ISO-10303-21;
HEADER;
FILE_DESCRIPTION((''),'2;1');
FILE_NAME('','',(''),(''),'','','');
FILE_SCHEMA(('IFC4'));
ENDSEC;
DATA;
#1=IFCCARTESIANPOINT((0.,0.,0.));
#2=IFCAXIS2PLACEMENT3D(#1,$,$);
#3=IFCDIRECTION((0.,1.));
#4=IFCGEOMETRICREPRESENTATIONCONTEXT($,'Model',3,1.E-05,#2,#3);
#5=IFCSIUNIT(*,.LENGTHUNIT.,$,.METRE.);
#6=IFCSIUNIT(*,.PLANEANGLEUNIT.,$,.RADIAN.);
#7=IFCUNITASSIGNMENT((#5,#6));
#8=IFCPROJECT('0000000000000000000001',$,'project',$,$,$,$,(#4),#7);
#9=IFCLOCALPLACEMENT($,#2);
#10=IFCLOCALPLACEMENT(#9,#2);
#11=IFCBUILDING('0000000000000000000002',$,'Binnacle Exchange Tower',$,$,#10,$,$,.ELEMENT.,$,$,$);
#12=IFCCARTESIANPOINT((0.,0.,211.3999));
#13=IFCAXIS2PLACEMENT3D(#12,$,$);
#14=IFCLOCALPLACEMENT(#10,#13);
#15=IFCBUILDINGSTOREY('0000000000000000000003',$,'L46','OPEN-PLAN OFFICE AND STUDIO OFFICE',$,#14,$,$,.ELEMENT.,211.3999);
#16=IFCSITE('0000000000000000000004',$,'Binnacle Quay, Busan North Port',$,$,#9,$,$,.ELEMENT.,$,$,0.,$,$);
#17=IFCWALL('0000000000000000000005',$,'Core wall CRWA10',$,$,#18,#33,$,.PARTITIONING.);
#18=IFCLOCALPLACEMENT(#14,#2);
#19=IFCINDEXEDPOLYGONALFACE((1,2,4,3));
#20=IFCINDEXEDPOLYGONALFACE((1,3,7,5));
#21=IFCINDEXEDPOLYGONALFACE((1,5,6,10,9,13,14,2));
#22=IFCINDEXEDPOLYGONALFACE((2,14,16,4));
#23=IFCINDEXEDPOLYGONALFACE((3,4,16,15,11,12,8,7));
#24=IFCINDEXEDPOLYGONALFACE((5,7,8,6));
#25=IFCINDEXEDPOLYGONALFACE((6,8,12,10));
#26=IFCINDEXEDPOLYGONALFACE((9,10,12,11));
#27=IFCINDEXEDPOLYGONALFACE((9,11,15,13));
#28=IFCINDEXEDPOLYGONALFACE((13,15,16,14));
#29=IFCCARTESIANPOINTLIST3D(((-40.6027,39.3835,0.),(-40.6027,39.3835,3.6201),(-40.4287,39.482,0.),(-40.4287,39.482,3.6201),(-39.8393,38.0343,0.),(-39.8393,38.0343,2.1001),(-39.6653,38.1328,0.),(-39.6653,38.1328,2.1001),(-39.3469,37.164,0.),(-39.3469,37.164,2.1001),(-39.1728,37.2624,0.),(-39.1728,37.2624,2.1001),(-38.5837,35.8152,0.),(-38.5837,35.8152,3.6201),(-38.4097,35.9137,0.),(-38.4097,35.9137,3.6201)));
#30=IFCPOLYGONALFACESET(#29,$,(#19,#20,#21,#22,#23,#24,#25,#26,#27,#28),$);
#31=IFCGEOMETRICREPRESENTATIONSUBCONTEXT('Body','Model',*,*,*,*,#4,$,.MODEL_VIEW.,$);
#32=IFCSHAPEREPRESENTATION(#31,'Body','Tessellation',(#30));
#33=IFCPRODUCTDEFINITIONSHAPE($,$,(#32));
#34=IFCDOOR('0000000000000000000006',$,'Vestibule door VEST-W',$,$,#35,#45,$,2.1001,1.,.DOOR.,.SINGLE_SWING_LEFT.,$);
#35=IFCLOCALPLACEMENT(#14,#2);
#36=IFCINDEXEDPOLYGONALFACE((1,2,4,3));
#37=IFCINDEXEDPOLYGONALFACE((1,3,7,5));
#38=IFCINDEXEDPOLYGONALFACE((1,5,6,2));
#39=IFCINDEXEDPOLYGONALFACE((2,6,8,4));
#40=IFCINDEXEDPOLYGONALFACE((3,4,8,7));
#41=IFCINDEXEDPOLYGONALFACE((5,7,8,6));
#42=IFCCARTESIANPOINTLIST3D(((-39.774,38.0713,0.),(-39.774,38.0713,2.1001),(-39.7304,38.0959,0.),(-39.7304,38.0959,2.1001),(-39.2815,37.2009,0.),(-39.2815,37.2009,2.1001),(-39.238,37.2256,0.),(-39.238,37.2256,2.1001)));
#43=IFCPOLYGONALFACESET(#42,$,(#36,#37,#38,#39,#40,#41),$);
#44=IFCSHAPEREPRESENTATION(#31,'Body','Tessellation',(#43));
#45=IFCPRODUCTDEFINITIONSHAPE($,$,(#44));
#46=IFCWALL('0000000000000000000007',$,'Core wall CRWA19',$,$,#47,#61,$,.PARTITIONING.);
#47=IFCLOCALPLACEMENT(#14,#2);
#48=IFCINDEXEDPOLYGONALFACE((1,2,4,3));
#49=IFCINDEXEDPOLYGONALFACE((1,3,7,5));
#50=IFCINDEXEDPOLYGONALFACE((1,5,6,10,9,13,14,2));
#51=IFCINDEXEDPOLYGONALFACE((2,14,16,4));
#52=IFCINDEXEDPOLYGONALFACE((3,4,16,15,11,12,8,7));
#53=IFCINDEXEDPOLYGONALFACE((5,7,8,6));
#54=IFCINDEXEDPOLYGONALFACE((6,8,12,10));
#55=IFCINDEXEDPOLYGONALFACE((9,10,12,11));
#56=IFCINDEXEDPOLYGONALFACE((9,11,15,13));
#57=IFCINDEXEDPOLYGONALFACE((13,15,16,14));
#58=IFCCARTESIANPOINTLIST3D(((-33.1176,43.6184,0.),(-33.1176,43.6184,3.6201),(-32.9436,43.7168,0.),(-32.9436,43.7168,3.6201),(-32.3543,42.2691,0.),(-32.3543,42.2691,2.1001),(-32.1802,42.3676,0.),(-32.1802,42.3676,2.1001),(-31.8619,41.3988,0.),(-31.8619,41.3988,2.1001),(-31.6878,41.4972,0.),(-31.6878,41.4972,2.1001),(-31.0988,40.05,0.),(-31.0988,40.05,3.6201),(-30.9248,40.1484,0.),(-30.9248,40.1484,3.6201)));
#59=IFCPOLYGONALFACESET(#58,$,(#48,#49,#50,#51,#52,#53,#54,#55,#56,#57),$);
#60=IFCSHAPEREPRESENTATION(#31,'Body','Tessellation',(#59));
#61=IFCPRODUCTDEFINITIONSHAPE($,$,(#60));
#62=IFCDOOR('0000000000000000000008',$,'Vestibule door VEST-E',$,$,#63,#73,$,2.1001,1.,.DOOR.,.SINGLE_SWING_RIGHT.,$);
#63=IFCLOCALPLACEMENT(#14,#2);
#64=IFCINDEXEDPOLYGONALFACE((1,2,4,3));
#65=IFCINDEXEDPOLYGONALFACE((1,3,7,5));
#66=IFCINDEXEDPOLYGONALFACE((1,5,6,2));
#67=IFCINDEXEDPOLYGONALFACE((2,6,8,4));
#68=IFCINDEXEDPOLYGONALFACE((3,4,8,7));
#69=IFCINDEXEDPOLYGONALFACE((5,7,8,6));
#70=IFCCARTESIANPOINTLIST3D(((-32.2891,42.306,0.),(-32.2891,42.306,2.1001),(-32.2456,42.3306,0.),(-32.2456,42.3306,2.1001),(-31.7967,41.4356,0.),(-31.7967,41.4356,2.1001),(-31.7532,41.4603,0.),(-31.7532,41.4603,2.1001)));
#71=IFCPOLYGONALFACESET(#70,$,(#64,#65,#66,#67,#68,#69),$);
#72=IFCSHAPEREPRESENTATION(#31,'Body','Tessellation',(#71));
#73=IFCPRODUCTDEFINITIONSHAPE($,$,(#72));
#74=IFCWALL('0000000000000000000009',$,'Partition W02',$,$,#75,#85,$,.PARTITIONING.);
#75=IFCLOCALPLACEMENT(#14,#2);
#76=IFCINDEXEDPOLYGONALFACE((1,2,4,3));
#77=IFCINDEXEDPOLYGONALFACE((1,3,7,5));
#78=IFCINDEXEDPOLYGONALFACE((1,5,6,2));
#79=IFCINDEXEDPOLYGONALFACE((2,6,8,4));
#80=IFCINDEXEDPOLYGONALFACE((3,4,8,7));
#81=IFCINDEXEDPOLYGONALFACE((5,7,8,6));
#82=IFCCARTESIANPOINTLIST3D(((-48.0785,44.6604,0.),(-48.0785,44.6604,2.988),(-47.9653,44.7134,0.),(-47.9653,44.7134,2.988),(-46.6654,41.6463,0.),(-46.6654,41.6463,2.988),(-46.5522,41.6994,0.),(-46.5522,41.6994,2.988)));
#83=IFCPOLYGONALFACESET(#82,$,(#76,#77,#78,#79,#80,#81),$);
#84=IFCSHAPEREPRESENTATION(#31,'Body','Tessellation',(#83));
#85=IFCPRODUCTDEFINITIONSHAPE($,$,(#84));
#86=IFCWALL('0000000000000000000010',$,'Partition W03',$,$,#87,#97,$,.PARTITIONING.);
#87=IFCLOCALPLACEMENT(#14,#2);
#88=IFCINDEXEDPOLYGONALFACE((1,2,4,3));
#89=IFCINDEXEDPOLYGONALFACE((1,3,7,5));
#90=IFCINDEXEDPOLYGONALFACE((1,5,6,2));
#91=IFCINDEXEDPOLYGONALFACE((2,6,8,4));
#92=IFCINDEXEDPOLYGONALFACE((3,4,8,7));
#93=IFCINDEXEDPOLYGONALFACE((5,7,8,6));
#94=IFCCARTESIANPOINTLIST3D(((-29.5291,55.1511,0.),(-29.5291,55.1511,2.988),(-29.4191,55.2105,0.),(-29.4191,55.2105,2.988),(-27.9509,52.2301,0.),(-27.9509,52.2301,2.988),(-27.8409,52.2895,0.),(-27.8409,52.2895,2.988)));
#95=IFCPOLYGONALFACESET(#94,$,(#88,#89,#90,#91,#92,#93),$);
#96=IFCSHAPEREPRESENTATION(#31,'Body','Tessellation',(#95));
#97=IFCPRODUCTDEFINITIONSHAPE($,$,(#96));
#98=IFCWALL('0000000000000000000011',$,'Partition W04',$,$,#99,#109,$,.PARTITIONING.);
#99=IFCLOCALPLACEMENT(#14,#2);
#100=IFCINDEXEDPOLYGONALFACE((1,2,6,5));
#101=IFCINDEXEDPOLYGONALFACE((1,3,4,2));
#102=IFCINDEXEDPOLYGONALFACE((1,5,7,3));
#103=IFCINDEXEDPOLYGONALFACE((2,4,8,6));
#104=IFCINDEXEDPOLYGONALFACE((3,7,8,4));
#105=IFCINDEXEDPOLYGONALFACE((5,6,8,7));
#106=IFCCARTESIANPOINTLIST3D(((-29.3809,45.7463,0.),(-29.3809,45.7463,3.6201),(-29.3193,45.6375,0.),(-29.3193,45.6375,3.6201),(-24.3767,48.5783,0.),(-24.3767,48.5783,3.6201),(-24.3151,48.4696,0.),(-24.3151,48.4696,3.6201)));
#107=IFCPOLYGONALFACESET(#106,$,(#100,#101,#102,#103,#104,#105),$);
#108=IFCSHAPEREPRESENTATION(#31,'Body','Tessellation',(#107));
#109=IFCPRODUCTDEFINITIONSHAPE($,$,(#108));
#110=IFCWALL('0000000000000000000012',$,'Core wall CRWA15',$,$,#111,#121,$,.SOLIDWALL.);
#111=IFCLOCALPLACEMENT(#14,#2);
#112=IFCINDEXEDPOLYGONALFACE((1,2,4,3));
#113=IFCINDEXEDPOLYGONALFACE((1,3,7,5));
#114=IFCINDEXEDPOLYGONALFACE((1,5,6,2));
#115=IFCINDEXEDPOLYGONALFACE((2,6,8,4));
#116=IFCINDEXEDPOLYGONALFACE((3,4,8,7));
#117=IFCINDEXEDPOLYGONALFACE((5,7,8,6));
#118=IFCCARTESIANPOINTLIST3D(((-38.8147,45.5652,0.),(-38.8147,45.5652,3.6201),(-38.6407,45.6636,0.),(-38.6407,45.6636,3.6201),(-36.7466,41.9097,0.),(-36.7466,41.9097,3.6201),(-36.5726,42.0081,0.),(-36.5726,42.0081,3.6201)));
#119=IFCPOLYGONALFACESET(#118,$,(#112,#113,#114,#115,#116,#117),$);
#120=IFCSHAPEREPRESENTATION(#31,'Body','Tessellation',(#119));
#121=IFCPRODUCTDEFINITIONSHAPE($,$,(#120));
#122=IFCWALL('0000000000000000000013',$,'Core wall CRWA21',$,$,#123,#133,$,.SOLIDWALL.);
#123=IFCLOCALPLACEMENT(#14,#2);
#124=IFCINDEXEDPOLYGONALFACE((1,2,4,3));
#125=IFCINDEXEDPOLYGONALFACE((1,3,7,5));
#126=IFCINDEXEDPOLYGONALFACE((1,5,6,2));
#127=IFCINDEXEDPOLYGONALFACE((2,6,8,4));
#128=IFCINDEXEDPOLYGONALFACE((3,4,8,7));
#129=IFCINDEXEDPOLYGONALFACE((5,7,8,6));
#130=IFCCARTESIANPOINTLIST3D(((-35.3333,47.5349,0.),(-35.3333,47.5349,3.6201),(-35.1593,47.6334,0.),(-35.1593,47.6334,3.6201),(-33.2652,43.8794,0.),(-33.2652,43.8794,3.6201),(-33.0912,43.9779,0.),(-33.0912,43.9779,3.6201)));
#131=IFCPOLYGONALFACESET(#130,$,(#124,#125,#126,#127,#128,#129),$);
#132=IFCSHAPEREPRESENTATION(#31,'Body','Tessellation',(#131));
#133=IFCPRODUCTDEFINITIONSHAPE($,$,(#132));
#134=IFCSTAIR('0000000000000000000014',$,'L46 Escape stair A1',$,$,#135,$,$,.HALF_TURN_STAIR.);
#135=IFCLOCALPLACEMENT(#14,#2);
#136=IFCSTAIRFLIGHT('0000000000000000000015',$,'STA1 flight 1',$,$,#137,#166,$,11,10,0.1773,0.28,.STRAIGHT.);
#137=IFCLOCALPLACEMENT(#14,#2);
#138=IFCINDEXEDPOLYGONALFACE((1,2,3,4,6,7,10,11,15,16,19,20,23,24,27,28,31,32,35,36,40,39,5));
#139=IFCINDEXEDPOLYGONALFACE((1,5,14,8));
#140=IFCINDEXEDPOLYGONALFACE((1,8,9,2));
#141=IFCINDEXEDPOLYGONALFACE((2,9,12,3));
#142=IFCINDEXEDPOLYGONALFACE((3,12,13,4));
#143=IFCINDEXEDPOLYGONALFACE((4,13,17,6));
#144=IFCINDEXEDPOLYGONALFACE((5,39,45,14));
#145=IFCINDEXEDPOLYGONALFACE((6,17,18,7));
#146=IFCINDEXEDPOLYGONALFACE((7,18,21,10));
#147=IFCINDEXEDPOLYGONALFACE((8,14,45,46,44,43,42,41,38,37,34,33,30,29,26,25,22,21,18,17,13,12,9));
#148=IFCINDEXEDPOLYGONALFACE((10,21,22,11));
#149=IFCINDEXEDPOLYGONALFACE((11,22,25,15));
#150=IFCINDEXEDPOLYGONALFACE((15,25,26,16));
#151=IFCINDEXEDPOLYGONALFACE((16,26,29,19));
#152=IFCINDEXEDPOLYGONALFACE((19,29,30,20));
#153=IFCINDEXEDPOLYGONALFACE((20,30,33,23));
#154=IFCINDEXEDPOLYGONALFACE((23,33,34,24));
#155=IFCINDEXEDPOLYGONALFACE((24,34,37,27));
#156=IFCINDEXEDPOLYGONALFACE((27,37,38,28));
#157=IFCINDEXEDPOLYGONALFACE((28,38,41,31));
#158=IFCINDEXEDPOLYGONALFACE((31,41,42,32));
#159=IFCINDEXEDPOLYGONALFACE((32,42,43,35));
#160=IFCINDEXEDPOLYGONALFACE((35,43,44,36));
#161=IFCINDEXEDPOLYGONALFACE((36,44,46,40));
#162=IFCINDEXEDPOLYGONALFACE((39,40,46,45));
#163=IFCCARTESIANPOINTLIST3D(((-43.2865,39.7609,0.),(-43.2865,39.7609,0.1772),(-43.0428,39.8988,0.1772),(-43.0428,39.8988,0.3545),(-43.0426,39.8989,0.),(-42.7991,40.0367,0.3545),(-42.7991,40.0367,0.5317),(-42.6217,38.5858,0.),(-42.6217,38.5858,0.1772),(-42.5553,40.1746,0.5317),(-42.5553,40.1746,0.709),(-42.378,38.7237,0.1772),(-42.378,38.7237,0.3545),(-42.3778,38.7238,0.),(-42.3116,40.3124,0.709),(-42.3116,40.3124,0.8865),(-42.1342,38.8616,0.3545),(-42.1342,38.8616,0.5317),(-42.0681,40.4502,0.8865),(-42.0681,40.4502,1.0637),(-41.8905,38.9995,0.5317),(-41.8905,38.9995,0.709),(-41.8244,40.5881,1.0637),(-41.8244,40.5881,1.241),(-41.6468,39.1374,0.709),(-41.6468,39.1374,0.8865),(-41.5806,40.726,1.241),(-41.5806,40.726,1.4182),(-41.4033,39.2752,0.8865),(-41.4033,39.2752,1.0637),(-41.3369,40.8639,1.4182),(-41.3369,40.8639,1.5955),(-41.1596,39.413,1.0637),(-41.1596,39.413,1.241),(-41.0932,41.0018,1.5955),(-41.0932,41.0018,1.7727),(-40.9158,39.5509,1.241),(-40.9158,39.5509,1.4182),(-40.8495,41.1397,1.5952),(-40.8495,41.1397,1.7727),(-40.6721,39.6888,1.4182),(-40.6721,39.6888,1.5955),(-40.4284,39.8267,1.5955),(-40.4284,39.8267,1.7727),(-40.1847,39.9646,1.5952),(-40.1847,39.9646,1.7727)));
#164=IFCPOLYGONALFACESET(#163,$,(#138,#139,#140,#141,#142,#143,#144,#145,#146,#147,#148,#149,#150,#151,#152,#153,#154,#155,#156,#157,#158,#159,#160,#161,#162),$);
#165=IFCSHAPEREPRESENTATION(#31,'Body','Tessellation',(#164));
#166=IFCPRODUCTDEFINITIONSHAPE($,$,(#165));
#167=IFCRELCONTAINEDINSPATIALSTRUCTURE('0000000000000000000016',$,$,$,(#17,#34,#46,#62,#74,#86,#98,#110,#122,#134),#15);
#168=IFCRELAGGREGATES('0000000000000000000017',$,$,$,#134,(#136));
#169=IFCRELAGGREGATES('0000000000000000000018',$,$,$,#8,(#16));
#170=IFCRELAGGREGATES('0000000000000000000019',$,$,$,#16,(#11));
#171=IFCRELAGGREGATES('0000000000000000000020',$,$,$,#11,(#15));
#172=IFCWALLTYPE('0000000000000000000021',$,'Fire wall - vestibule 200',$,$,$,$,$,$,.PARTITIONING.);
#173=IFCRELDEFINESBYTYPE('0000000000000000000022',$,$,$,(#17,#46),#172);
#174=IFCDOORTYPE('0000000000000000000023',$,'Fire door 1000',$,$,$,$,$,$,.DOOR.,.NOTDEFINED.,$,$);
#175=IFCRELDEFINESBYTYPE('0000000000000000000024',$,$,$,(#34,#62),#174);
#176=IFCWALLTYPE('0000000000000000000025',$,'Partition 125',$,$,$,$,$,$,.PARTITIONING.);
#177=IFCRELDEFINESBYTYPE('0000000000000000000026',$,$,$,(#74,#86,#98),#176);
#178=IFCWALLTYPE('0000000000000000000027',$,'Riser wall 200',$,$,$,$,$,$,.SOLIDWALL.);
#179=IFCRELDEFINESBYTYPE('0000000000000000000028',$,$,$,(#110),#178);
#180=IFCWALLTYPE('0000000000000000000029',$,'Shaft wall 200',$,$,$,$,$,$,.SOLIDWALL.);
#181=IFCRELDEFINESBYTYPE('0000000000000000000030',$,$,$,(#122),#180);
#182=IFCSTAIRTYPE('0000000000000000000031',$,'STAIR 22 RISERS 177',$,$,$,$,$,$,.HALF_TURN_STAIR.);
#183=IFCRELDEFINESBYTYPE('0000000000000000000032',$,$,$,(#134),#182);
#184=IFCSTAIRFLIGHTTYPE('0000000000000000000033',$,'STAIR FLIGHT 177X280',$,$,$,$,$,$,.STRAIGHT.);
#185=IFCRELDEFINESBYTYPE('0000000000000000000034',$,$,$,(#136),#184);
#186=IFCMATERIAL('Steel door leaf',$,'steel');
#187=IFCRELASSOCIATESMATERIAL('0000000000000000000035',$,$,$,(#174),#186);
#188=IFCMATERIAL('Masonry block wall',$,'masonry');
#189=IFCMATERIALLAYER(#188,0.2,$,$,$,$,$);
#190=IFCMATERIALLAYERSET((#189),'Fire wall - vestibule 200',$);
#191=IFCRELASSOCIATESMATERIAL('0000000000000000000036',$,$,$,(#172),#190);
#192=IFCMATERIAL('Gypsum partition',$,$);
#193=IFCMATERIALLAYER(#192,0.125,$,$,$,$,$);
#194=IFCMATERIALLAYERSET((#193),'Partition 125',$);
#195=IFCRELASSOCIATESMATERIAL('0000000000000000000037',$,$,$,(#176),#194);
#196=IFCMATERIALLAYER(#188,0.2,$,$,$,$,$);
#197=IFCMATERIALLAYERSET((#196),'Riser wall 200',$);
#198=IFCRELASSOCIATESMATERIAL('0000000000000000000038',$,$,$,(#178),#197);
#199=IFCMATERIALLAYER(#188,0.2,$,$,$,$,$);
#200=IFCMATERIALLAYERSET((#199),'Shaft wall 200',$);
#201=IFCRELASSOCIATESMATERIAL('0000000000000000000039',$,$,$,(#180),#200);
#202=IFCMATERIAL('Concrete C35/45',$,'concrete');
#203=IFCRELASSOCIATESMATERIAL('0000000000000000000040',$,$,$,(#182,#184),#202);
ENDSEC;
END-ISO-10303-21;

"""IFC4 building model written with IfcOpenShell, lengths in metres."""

from ifc_helpers import new_model, si_unit, direction, frame, frame_2d, origin, place, context, subcontext, project, spatial, polyline, rectangle, outline, extrude, material, layer, layer_set, type_object, element, fill, aggregate, save


model = new_model("IFC4")

# Units and contexts
model_context = context("Model", 3, precision=1e-05, world=origin(), true_north=direction((0.0, 1.0)))
body_context = subcontext(model_context, "Body", "Model", "MODEL_VIEW")
ifc_project = project(units=[si_unit("LENGTHUNIT", "METRE"), si_unit("PLANEANGLEUNIT", "RADIAN")], contexts=[model_context])

# Site, building, storey
site_placement = place(None, origin())
site = spatial("IfcSite", under=ifc_project, at=site_placement, Name="Binnacle Quay, Busan North Port", CompositionType="ELEMENT", RefElevation=0.0)
building_placement = place(site_placement, origin())
building = spatial("IfcBuilding", under=site, at=building_placement, Name="Binnacle Exchange Tower", CompositionType="ELEMENT")
storey_placement = place(building_placement, frame((0.0, 0.0, 211.3999)))
storey = spatial("IfcBuildingStorey", under=building, at=storey_placement, Name="L46", Description="OPEN-PLAN OFFICE AND STUDIO OFFICE", CompositionType="ELEMENT", Elevation=211.3999)

# Shared definitions
ifc_material_1 = material(Name="Steel door leaf", Category="steel")

# Shared definitions
door_type_1 = type_object("IfcDoorType", Name="Fire door 1000", OperationType="NOTDEFINED", PredefinedType="DOOR", material=ifc_material_1)

# Walls, openings, doors
ifc_material_2 = material(Name="Masonry block wall", Category="masonry")
ifc_layer_1 = layer(ifc_material_2, 0.2)
ifc_layer_set_1 = layer_set([ifc_layer_1], Name="Fire wall - vestibule 200")
wall_type_1 = type_object("IfcWallType", Name="Fire wall - vestibule 200", PredefinedType="PARTITIONING", material=ifc_layer_set_1)
wall_1_placement = place(storey_placement, frame((-40.5156, 39.4326, 0.0), z_axis=(0.0, 0.0, 1.0), x_axis=(0.492454, -0.870339, 0.0)))
wall_1 = element("IfcWall", 1, at=wall_1_placement, inside=storey, type_object=wall_type_1, Name="Core wall CRWA10", PredefinedType="PARTITIONING", context=body_context, shape_type="SweptSolid", body=[
    extrude(rectangle(XDim=4.0999, YDim=0.2, at=frame_2d((2.0498, 0.0))), origin(), (0.0, 0.0, 1.0), 3.6201),
])
opening_1_placement = place(wall_1_placement, frame((1.55, 0.0, 0.0)))
opening_1 = element("IfcOpeningElement", 2, at=opening_1_placement, cuts=wall_1, PredefinedType="OPENING", context=body_context, shape_type="SweptSolid", body=[
    extrude(rectangle(XDim=1.0, YDim=2.1001, at=frame_2d((0.5, 1.05))), frame((0.0, 0.1099, 0.0), z_axis=(0.0, -1.0, 0.0), x_axis=(1.0, 0.0, 0.0)), (0.0, 0.0, 1.0), 0.22),
])
door_1_placement = place(opening_1_placement, frame((1.0, 0.0, 0.0), z_axis=(0.0, 0.0, 1.0), x_axis=(-1.0, 0.0, 0.0)))
door_1 = element("IfcDoor", 3, at=door_1_placement, inside=storey, type_object=door_type_1, Name="Vestibule door VEST-W", OperationType="SINGLE_SWING_LEFT", OverallHeight=2.1001, OverallWidth=1.0, PredefinedType="DOOR", context=body_context, shape_type="SweptSolid", body=[
    extrude(rectangle(XDim=1.0, YDim=2.1001, at=frame_2d((0.5, 1.05))), frame((0.0, 0.0249, 0.0), z_axis=(0.0, -1.0, 0.0), x_axis=(1.0, 0.0, 0.0)), (0.0, 0.0, 1.0), 0.05),
])
fill(opening_1, door_1)
wall_2_placement = place(storey_placement, frame((-33.0305, 43.6675, 0.0), z_axis=(0.0, 0.0, 1.0), x_axis=(0.492408, -0.870364, 0.0)))
wall_2 = element("IfcWall", 4, at=wall_2_placement, inside=storey, type_object=wall_type_1, Name="Core wall CRWA19", PredefinedType="PARTITIONING", context=body_context, shape_type="SweptSolid", body=[
    extrude(rectangle(XDim=4.0999, YDim=0.2, at=frame_2d((2.0498, 0.0))), origin(), (0.0, 0.0, 1.0), 3.6201),
])
opening_2_placement = place(wall_2_placement, frame((1.55, 0.0, 0.0)))
opening_2 = element("IfcOpeningElement", 5, at=opening_2_placement, cuts=wall_2, PredefinedType="OPENING", context=body_context, shape_type="SweptSolid", body=[
    extrude(rectangle(XDim=1.0, YDim=2.1001, at=frame_2d((0.5, 1.05))), frame((0.0, 0.1099, 0.0), z_axis=(0.0, -1.0, 0.0), x_axis=(1.0, 0.0, 0.0)), (0.0, 0.0, 1.0), 0.22),
])
door_2_placement = place(opening_2_placement, origin())
door_2 = element("IfcDoor", 6, at=door_2_placement, inside=storey, type_object=door_type_1, Name="Vestibule door VEST-E", OperationType="SINGLE_SWING_RIGHT", OverallHeight=2.1001, OverallWidth=1.0, PredefinedType="DOOR", context=body_context, shape_type="SweptSolid", body=[
    extrude(rectangle(XDim=1.0, YDim=2.1001, at=frame_2d((0.5, 1.05))), frame((0.0, 0.0249, 0.0), z_axis=(0.0, -1.0, 0.0), x_axis=(1.0, 0.0, 0.0)), (0.0, 0.0, 1.0), 0.05),
])
fill(opening_2, door_2)

# Walls
ifc_material_3 = material(Name="Gypsum partition")
ifc_layer_2 = layer(ifc_material_3, 0.125)
ifc_layer_set_2 = layer_set([ifc_layer_2], Name="Partition 125")
wall_type_2 = type_object("IfcWallType", Name="Partition 125", PredefinedType="PARTITIONING", material=ifc_layer_set_2)
wall_3_placement = place(storey_placement, frame((-48.022, 44.687, 0.0), z_axis=(0.0, 0.0, 1.0), x_axis=(0.424511, -0.905423, 0.0)))
element("IfcWall", 7, at=wall_3_placement, inside=storey, type_object=wall_type_2, Name="Partition W02", PredefinedType="PARTITIONING", context=body_context, shape_type="SweptSolid", body=[
    extrude(rectangle(XDim=3.3289, YDim=0.125, at=frame_2d((1.6646, 0.0))), origin(), (0.0, 0.0, 1.0), 2.988),
])
wall_4_placement = place(storey_placement, frame((-29.4741, 55.1809, 0.0), z_axis=(0.0, 0.0, 1.0), x_axis=(0.475345, -0.8798, 0.0)))
element("IfcWall", 8, at=wall_4_placement, inside=storey, type_object=wall_type_2, Name="Partition W03", PredefinedType="PARTITIONING", context=body_context, shape_type="SweptSolid", body=[
    extrude(rectangle(XDim=3.3201, YDim=0.125, at=frame_2d((1.6602, 0.0))), origin(), (0.0, 0.0, 1.0), 2.988),
])
wall_5_placement = place(storey_placement, frame((-29.3501, 45.6919, 0.0), z_axis=(0.0, 0.0, 1.0), x_axis=(0.870295, 0.492531, 0.0)))
element("IfcWall", 9, at=wall_5_placement, inside=storey, type_object=wall_type_2, Name="Partition W04", PredefinedType="PARTITIONING", context=body_context, shape_type="SweptSolid", body=[
    extrude(rectangle(XDim=5.75, YDim=0.125, at=frame_2d((2.875, 0.0))), origin(), (0.0, 0.0, 1.0), 3.6201),
])
ifc_layer_3 = layer(ifc_material_2, 0.2)
ifc_layer_set_3 = layer_set([ifc_layer_3], Name="Riser wall 200")
wall_type_3 = type_object("IfcWallType", Name="Riser wall 200", PredefinedType="SOLIDWALL", material=ifc_layer_set_3)
wall_6_placement = place(storey_placement, frame((-38.7278, 45.6145, 0.0), z_axis=(0.0, 0.0, 1.0), x_axis=(0.49241, -0.870364, 0.0)))
element("IfcWall", 10, at=wall_6_placement, inside=storey, type_object=wall_type_3, Name="Core wall CRWA15", PredefinedType="SOLIDWALL", context=body_context, shape_type="SweptSolid", body=[
    extrude(rectangle(XDim=4.2, YDim=0.2, at=frame_2d((2.1001, 0.0))), origin(), (0.0, 0.0, 1.0), 3.6201),
])
ifc_layer_4 = layer(ifc_material_2, 0.2)
ifc_layer_set_4 = layer_set([ifc_layer_4], Name="Shaft wall 200")
wall_type_4 = type_object("IfcWallType", Name="Shaft wall 200", PredefinedType="SOLIDWALL", material=ifc_layer_set_4)
wall_7_placement = place(storey_placement, frame((-35.2463, 47.5842, 0.0), z_axis=(0.0, 0.0, 1.0), x_axis=(0.49241, -0.870364, 0.0)))
element("IfcWall", 11, at=wall_7_placement, inside=storey, type_object=wall_type_4, Name="Core wall CRWA21", PredefinedType="SOLIDWALL", context=body_context, shape_type="SweptSolid", body=[
    extrude(rectangle(XDim=4.2, YDim=0.2, at=frame_2d((2.1001, 0.0))), origin(), (0.0, 0.0, 1.0), 3.6201),
])

# Stair, stair flight
ifc_material_4 = material(Name="Concrete C35/45", Category="concrete")
stair_type = type_object("IfcStairType", Name="STAIR 22 RISERS 177", PredefinedType="HALF_TURN_STAIR", material=ifc_material_4)
stair_placement = place(storey_placement, origin())
stair = element("IfcStair", 12, at=stair_placement, inside=storey, type_object=stair_type, Name="L46 Escape stair A1", PredefinedType="HALF_TURN_STAIR")
stair_flight_type = type_object("IfcStairFlightType", Name="STAIR FLIGHT 177X280", PredefinedType="STRAIGHT", material=ifc_material_4)
stair_flight_1_placement = place(storey_placement, frame((-42.9541, 39.1733, 0.0), z_axis=(0.0, 0.0, 1.0), x_axis=(0.870356, 0.492424, 0.0)))
stair_flight_1 = element("IfcStairFlight", 13, at=stair_flight_1_placement, type_object=stair_flight_type, Name="STA1 flight 1", NumberOfRisers=11, NumberOfTreads=10, PredefinedType="STRAIGHT", RiserHeight=0.1773, TreadLength=0.28, context=body_context, shape_type="SweptSolid", body=[
    extrude(outline(polyline([(0.0, 0.0), (0.0, 0.1772), (0.28, 0.1772), (0.28, 0.3545), (0.5601, 0.3545), (0.5601, 0.5317), (0.8401, 0.5317), (0.8401, 0.709), (1.1201, 0.709), (1.1201, 0.8865), (1.3999, 0.8865), (1.3999, 1.0637), (1.6799, 1.0637), (1.6799, 1.241), (1.96, 1.241), (1.96, 1.4182), (2.24, 1.4182), (2.24, 1.5955), (2.52, 1.5955), (2.52, 1.7727), (2.8, 1.7727), (2.8, 1.95), (2.8, 1.5952), (0.2803, 0.0), (0.0, 0.0)])), frame((0.0, 0.675, 0.0), z_axis=(0.0, -1.0, 0.0), x_axis=(1.0, 0.0, 0.0)), (0.0, 0.0, 1.0), 1.3501),
])
aggregate(stair, [stair_flight_1])

save(model, "model.ifc")
